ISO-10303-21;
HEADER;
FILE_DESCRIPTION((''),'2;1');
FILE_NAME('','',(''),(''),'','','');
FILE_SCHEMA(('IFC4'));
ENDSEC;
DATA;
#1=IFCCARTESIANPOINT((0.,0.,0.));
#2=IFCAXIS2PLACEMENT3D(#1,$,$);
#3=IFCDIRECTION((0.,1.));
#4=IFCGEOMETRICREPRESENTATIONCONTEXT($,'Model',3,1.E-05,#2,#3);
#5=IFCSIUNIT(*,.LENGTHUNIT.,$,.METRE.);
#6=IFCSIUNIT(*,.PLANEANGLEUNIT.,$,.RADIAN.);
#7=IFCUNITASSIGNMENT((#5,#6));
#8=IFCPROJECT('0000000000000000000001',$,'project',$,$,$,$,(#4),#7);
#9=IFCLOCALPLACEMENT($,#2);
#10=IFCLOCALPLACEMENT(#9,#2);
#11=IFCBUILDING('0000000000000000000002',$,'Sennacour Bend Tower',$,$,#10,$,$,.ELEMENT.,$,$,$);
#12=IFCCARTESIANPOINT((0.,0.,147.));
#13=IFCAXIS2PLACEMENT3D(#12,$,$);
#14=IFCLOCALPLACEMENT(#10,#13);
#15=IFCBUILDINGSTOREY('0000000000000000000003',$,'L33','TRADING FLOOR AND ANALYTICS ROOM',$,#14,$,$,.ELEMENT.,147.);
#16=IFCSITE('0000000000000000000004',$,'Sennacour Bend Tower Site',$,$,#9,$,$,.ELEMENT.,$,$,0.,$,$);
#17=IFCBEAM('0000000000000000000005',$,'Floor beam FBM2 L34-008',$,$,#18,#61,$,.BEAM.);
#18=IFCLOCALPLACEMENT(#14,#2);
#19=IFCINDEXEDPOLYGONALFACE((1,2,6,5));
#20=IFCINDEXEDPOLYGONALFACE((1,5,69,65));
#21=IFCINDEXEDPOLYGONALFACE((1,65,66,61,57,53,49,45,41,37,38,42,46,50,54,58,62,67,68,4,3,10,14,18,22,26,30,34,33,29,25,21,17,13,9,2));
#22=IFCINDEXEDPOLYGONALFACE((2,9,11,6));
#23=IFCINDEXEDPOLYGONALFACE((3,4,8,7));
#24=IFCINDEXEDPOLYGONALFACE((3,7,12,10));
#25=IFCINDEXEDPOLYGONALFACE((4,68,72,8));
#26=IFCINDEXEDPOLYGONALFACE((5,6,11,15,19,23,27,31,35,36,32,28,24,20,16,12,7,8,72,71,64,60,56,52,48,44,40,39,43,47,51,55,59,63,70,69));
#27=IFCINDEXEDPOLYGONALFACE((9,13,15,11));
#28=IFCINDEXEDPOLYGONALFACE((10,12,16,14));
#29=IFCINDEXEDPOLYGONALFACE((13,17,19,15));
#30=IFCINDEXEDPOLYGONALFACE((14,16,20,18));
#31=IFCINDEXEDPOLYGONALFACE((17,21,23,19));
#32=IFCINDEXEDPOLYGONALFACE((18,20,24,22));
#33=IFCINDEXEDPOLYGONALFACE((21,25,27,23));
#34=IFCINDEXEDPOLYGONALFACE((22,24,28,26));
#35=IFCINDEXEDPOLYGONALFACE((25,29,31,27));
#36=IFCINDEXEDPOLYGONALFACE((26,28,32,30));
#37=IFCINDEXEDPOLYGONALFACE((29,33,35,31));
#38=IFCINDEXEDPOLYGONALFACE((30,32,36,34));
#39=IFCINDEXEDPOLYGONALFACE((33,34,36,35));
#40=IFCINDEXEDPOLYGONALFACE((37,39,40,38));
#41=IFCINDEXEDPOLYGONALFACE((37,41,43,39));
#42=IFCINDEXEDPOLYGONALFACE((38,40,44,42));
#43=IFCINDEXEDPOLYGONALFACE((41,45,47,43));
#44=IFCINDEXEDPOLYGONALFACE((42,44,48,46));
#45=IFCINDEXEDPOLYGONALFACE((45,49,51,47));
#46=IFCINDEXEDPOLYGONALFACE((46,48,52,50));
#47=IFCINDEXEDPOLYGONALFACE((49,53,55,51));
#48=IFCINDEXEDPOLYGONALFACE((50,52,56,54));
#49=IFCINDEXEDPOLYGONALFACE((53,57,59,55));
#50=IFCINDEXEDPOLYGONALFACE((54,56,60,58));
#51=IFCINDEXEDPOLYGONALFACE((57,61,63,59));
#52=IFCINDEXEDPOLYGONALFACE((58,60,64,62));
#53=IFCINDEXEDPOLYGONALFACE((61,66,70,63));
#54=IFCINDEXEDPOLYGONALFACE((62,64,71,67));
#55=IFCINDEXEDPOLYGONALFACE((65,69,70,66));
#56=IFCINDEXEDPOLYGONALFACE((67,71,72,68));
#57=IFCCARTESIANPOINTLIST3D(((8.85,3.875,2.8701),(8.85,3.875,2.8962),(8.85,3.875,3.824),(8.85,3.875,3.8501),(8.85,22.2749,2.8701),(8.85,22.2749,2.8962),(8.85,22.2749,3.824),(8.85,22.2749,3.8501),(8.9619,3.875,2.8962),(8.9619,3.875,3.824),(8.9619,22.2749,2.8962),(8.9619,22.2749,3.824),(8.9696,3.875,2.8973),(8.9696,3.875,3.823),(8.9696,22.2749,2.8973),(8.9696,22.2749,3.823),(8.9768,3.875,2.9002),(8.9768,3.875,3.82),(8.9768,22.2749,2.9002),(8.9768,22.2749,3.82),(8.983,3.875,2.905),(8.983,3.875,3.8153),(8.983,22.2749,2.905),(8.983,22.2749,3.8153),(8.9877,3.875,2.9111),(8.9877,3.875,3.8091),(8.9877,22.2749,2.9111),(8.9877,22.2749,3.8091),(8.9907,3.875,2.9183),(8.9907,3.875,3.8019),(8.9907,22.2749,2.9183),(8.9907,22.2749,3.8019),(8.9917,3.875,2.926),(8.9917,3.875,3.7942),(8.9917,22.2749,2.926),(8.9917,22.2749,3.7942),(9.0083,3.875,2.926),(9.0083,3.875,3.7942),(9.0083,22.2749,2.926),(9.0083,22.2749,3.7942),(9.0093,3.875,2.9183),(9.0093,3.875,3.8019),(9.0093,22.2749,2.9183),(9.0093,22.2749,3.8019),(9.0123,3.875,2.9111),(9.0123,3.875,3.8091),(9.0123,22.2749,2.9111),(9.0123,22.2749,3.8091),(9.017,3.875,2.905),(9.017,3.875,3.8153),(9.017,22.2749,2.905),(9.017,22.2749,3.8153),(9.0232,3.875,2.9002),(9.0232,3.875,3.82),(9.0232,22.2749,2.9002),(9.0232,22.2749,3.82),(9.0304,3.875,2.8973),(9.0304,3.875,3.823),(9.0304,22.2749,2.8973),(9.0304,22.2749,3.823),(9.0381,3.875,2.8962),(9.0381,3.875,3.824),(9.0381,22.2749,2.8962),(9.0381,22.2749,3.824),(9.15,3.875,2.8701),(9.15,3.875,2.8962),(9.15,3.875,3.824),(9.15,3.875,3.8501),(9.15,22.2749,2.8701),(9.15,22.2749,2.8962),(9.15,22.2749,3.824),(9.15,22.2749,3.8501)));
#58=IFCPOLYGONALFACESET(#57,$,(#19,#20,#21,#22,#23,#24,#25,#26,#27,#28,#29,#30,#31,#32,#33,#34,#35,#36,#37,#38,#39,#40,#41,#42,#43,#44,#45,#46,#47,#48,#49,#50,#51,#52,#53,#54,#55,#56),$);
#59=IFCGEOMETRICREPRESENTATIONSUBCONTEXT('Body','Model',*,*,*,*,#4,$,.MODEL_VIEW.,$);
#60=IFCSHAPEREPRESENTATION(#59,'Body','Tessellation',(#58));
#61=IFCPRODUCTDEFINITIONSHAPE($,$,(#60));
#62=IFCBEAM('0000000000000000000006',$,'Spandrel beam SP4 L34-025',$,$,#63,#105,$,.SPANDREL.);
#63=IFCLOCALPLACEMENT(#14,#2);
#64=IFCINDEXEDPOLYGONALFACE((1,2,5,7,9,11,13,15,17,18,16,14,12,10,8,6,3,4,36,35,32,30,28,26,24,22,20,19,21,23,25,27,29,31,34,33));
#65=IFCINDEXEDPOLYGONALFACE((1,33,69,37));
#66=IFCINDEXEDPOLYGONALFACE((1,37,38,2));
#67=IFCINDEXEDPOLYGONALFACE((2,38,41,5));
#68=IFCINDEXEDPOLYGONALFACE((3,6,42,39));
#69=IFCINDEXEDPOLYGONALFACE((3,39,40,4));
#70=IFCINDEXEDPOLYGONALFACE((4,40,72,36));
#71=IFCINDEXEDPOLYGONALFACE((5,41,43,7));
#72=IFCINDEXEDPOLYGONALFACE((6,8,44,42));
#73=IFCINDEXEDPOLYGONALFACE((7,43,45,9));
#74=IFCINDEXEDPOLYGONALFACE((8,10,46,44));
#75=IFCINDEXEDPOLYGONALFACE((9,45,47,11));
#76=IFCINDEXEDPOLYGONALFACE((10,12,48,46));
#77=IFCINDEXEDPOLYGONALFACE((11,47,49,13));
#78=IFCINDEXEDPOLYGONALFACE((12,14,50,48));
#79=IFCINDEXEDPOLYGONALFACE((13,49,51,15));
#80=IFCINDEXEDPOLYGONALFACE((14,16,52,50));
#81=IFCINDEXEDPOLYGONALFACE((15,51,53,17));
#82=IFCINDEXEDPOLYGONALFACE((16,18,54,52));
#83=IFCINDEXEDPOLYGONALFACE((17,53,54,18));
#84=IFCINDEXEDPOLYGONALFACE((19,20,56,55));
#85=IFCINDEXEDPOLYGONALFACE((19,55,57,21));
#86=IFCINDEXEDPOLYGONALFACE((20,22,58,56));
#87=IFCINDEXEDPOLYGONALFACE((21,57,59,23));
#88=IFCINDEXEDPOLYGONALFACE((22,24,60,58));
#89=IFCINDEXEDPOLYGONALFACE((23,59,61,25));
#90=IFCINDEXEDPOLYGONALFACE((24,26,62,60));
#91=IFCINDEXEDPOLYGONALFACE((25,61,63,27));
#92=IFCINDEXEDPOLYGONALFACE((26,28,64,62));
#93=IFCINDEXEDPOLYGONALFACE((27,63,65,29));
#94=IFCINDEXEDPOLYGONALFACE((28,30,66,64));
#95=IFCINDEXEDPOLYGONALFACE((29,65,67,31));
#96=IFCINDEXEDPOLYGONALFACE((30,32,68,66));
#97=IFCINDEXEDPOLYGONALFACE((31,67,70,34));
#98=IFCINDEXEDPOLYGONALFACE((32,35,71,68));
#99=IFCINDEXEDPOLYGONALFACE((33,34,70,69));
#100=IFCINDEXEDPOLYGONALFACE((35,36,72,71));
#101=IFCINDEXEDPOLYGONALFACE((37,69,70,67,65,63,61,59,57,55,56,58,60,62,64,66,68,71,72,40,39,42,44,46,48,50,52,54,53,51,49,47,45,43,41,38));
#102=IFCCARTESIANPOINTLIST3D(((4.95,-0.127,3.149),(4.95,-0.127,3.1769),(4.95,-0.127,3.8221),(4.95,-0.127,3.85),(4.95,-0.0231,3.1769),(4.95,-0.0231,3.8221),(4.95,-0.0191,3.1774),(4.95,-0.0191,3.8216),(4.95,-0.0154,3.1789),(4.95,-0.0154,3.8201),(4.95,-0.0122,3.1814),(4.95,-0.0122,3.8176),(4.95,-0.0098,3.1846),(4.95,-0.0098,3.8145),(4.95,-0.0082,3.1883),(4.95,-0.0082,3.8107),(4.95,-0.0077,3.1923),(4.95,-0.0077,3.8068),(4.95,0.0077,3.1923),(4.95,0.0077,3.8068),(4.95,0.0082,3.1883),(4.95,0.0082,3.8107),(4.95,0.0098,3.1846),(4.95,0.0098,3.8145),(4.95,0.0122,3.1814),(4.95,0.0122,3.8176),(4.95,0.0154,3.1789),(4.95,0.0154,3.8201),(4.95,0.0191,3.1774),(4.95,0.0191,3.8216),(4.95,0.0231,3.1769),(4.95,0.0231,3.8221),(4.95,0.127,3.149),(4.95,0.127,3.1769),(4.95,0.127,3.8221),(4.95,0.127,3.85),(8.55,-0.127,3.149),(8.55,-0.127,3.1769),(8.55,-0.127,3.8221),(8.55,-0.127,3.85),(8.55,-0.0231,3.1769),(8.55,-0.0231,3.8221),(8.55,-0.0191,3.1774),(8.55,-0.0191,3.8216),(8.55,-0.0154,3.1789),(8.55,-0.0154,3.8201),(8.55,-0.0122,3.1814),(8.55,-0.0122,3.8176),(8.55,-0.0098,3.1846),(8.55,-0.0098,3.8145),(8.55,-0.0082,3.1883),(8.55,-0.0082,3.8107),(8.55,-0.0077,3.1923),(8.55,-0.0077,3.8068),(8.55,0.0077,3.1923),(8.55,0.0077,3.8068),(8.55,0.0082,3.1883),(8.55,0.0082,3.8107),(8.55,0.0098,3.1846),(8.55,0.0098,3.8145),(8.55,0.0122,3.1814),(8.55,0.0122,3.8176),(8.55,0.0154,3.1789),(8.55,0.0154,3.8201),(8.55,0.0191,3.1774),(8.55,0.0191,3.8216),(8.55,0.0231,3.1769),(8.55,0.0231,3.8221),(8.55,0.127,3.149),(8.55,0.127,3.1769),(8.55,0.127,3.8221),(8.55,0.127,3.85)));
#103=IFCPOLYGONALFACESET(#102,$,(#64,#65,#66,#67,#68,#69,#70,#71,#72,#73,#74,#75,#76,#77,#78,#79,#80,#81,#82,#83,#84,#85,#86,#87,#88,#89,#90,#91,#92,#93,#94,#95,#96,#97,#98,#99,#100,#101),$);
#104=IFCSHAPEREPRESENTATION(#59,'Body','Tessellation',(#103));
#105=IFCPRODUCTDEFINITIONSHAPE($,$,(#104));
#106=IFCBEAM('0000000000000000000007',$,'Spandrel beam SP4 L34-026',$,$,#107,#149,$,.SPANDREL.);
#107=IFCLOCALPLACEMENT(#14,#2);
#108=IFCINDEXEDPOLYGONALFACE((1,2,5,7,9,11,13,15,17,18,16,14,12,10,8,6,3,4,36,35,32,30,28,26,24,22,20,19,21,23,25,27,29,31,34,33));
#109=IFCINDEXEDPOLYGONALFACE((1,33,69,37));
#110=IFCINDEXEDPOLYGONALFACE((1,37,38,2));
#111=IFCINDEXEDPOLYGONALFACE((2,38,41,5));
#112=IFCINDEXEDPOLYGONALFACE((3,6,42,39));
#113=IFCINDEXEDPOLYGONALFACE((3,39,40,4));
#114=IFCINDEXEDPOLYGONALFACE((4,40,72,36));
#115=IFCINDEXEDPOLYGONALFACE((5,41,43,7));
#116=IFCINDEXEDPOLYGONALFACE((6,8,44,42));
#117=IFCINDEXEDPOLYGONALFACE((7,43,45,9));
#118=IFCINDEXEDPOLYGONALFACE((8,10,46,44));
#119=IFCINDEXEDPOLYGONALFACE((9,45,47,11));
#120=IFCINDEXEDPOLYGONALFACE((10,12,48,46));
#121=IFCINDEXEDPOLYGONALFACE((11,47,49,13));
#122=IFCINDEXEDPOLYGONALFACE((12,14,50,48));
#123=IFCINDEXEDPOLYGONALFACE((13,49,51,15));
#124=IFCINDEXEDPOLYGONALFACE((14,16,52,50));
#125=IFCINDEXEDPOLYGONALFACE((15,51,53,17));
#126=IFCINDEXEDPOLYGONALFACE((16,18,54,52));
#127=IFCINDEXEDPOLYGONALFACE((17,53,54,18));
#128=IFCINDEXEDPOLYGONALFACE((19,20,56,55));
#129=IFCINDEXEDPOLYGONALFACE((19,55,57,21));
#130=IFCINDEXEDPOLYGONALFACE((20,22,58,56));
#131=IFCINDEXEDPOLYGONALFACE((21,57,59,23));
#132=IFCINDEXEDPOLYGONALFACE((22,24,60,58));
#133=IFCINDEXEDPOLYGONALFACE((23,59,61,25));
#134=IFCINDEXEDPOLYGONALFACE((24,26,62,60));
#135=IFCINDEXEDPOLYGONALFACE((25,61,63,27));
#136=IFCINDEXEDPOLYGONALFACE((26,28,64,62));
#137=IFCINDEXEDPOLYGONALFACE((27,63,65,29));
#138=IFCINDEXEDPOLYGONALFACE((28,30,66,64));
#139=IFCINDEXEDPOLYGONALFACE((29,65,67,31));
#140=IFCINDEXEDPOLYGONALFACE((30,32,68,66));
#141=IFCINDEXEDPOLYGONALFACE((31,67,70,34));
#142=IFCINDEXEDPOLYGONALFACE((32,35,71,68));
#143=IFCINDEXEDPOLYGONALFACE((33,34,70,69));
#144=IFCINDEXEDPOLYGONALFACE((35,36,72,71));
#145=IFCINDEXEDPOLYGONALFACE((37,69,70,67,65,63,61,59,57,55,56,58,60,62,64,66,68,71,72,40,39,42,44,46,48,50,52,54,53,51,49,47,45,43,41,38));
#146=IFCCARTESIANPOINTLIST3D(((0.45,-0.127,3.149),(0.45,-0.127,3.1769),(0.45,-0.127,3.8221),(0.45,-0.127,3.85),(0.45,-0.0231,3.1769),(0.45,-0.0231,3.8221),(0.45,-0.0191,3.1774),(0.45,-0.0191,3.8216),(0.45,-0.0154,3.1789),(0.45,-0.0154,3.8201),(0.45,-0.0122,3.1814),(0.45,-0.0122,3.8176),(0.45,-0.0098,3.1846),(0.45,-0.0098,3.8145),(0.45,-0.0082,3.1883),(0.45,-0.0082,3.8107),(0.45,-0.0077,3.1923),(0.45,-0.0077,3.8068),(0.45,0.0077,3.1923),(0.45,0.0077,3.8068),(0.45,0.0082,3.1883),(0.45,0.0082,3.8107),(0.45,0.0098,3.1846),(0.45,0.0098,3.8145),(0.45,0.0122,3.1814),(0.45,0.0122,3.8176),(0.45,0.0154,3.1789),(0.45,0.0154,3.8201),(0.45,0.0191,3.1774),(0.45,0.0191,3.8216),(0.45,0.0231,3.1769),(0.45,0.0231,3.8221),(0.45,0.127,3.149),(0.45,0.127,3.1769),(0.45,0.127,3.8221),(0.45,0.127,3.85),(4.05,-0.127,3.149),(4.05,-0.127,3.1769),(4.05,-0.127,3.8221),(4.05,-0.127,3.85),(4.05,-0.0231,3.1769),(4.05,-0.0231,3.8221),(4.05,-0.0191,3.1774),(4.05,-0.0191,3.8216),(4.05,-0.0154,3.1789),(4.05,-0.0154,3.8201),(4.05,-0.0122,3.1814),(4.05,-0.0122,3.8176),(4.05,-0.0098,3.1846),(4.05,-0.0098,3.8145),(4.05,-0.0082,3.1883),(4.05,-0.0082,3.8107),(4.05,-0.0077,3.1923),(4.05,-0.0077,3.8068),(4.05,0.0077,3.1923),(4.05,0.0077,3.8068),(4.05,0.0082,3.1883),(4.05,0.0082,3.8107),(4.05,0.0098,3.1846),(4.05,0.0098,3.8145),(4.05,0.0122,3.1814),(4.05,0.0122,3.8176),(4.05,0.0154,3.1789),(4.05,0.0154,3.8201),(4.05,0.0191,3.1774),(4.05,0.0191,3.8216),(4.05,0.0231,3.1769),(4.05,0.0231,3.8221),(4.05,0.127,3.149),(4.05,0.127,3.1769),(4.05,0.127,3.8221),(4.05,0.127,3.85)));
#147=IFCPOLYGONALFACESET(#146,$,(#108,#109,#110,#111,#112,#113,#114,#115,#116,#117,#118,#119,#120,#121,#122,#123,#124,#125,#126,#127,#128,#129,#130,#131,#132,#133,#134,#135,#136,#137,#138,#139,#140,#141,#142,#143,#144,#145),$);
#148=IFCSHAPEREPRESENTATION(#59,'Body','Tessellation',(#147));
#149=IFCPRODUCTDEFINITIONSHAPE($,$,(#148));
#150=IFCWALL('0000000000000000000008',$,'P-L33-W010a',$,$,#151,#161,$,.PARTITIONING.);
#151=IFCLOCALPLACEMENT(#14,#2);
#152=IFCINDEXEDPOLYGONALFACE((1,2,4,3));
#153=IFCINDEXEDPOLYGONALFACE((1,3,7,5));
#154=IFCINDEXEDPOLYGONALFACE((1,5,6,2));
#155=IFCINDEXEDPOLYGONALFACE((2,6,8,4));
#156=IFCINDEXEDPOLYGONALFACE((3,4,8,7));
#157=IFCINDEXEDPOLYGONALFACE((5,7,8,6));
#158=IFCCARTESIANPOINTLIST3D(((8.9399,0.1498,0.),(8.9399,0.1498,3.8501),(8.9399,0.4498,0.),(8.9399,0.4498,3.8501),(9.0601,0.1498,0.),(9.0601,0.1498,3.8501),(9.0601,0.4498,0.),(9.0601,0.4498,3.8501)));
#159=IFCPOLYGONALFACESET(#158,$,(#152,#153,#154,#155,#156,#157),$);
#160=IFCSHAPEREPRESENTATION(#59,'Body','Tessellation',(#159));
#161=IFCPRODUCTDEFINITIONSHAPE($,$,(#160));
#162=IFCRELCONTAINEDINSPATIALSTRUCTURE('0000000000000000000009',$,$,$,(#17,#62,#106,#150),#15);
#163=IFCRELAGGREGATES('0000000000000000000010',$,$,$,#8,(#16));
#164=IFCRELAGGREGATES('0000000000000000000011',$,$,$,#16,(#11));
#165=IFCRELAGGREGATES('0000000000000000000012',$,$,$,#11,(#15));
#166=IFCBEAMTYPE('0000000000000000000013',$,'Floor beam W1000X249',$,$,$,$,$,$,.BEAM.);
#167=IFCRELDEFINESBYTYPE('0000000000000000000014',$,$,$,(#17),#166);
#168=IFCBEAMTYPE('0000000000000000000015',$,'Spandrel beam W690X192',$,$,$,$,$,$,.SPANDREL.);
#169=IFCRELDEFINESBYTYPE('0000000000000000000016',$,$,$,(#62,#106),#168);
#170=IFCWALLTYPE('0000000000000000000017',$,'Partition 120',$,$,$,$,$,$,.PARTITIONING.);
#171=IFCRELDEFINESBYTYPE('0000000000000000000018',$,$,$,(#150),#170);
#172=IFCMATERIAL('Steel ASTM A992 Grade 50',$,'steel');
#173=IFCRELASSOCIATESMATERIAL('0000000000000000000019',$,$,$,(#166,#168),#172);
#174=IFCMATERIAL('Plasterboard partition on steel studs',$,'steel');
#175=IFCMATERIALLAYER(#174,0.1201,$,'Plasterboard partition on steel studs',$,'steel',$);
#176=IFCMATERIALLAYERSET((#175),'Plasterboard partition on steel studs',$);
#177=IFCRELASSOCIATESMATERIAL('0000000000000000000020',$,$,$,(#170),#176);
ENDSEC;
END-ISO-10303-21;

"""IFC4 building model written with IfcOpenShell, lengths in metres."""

from ifc_helpers import new_model, si_unit, direction, frame, frame_2d, origin, origin_2d, place, context, subcontext, project, spatial, rectangle, i_section, extrude, material, layer, layer_set, material_profile, profile_set, type_object, element, save


model = new_model("IFC4")

# Units and contexts
model_context = context("Model", 3, precision=1e-05, world=origin(), true_north=direction((0.0, 1.0)))
body_context = subcontext(model_context, "Body", "Model", "MODEL_VIEW")
ifc_project = project(units=[si_unit("LENGTHUNIT", "METRE"), si_unit("PLANEANGLEUNIT", "RADIAN")], contexts=[model_context])

# Site, building, storey
site_placement = place(None, origin())
site = spatial("IfcSite", under=ifc_project, at=site_placement, Name="Sennacour Bend Tower Site", CompositionType="ELEMENT", RefElevation=0.0)
building_placement = place(site_placement, origin())
building = spatial("IfcBuilding", under=site, at=building_placement, Name="Sennacour Bend Tower", CompositionType="ELEMENT")
storey_placement = place(building_placement, frame((0.0, 0.0, 147.0)))
storey = spatial("IfcBuildingStorey", under=building, at=storey_placement, Name="L33", Description="TRADING FLOOR AND ANALYTICS ROOM", CompositionType="ELEMENT", Elevation=147.0)

# Beams
ifc_material_1 = material(Name="Steel ASTM A992 Grade 50", Category="steel")
ifc_material_profile_1 = material_profile(ifc_material_1, i_section(OverallWidth=0.3, OverallDepth=0.98, WebThickness=0.0166, FlangeThickness=0.0261, FilletRadius=0.0298, at=origin_2d()), Name="Steel ASTM A992 Grade 50", Category="steel")
ifc_profile_set_1 = profile_set([ifc_material_profile_1], Name="Steel ASTM A992 Grade 50")
beam_type_1 = type_object("IfcBeamType", Name="Floor beam W1000X249", PredefinedType="BEAM", material=ifc_profile_set_1)
for number, where, z_axis, x_axis, name in (
    (1, (9.0, 3.875, 3.3601), (0.0, 1.0, 0.0), (-1.0, 0.0, 0.0), "Floor beam FBM2 L34-008"),
):
    element("IfcBeam", number, at=place(storey_placement, frame(where, z_axis=z_axis, x_axis=x_axis)), inside=storey, type_object=beam_type_1, Name=name, PredefinedType="BEAM", context=body_context, shape_type="SweptSolid", body=[
        extrude(i_section(OverallWidth=0.3, OverallDepth=0.98, WebThickness=0.0166, FlangeThickness=0.0261, FilletRadius=0.0298, at=origin_2d()), origin(), (0.0, 0.0, 1.0), 18.3999),
    ])
ifc_material_profile_2 = material_profile(ifc_material_1, i_section(OverallWidth=0.2539, OverallDepth=0.7009, WebThickness=0.0154, FlangeThickness=0.0278, FilletRadius=0.0154, at=origin_2d()), Name="Steel ASTM A992 Grade 50", Category="steel")
ifc_profile_set_2 = profile_set([ifc_material_profile_2], Name="Steel ASTM A992 Grade 50")
beam_type_2 = type_object("IfcBeamType", Name="Spandrel beam W690X192", PredefinedType="SPANDREL", material=ifc_profile_set_2)
for number, where, z_axis, x_axis, name in (
    (2, (8.55, 0.0, 3.4995), (-1.0, 0.0, 0.0), (0.0, -1.0, 0.0), "Spandrel beam SP4 L34-025"),
    (3, (4.05, 0.0, 3.4995), (-1.0, 0.0, 0.0), (0.0, -1.0, 0.0), "Spandrel beam SP4 L34-026"),
):
    element("IfcBeam", number, at=place(storey_placement, frame(where, z_axis=z_axis, x_axis=x_axis)), inside=storey, type_object=beam_type_2, Name=name, PredefinedType="SPANDREL", context=body_context, shape_type="SweptSolid", body=[
        extrude(i_section(OverallWidth=0.2539, OverallDepth=0.7009, WebThickness=0.0154, FlangeThickness=0.0278, FilletRadius=0.0154, at=origin_2d()), origin(), (0.0, 0.0, 1.0), 3.6001),
    ])

# Wall
ifc_material_2 = material(Name="Plasterboard partition on steel studs", Category="steel")
ifc_layer_1 = layer(ifc_material_2, 0.1201, Name="Plasterboard partition on steel studs", Category="steel")
ifc_layer_set_1 = layer_set([ifc_layer_1], Name="Plasterboard partition on steel studs")
wall_type_1 = type_object("IfcWallType", Name="Partition 120", PredefinedType="PARTITIONING", material=ifc_layer_set_1)
wall_1_placement = place(storey_placement, frame((9.0, 0.1499, 0.0), z_axis=(0.0, 0.0, 1.0), x_axis=(0.0, 1.0, 0.0)))
element("IfcWall", 4, at=wall_1_placement, inside=storey, type_object=wall_type_1, Name="P-L33-W010a", PredefinedType="PARTITIONING", context=body_context, shape_type="SweptSolid", body=[
    extrude(rectangle(XDim=0.3, YDim=0.1201, at=frame_2d((0.1499, 0.0))), origin(), (0.0, 0.0, 1.0), 3.8501),
])

save(model, "model.ifc")
